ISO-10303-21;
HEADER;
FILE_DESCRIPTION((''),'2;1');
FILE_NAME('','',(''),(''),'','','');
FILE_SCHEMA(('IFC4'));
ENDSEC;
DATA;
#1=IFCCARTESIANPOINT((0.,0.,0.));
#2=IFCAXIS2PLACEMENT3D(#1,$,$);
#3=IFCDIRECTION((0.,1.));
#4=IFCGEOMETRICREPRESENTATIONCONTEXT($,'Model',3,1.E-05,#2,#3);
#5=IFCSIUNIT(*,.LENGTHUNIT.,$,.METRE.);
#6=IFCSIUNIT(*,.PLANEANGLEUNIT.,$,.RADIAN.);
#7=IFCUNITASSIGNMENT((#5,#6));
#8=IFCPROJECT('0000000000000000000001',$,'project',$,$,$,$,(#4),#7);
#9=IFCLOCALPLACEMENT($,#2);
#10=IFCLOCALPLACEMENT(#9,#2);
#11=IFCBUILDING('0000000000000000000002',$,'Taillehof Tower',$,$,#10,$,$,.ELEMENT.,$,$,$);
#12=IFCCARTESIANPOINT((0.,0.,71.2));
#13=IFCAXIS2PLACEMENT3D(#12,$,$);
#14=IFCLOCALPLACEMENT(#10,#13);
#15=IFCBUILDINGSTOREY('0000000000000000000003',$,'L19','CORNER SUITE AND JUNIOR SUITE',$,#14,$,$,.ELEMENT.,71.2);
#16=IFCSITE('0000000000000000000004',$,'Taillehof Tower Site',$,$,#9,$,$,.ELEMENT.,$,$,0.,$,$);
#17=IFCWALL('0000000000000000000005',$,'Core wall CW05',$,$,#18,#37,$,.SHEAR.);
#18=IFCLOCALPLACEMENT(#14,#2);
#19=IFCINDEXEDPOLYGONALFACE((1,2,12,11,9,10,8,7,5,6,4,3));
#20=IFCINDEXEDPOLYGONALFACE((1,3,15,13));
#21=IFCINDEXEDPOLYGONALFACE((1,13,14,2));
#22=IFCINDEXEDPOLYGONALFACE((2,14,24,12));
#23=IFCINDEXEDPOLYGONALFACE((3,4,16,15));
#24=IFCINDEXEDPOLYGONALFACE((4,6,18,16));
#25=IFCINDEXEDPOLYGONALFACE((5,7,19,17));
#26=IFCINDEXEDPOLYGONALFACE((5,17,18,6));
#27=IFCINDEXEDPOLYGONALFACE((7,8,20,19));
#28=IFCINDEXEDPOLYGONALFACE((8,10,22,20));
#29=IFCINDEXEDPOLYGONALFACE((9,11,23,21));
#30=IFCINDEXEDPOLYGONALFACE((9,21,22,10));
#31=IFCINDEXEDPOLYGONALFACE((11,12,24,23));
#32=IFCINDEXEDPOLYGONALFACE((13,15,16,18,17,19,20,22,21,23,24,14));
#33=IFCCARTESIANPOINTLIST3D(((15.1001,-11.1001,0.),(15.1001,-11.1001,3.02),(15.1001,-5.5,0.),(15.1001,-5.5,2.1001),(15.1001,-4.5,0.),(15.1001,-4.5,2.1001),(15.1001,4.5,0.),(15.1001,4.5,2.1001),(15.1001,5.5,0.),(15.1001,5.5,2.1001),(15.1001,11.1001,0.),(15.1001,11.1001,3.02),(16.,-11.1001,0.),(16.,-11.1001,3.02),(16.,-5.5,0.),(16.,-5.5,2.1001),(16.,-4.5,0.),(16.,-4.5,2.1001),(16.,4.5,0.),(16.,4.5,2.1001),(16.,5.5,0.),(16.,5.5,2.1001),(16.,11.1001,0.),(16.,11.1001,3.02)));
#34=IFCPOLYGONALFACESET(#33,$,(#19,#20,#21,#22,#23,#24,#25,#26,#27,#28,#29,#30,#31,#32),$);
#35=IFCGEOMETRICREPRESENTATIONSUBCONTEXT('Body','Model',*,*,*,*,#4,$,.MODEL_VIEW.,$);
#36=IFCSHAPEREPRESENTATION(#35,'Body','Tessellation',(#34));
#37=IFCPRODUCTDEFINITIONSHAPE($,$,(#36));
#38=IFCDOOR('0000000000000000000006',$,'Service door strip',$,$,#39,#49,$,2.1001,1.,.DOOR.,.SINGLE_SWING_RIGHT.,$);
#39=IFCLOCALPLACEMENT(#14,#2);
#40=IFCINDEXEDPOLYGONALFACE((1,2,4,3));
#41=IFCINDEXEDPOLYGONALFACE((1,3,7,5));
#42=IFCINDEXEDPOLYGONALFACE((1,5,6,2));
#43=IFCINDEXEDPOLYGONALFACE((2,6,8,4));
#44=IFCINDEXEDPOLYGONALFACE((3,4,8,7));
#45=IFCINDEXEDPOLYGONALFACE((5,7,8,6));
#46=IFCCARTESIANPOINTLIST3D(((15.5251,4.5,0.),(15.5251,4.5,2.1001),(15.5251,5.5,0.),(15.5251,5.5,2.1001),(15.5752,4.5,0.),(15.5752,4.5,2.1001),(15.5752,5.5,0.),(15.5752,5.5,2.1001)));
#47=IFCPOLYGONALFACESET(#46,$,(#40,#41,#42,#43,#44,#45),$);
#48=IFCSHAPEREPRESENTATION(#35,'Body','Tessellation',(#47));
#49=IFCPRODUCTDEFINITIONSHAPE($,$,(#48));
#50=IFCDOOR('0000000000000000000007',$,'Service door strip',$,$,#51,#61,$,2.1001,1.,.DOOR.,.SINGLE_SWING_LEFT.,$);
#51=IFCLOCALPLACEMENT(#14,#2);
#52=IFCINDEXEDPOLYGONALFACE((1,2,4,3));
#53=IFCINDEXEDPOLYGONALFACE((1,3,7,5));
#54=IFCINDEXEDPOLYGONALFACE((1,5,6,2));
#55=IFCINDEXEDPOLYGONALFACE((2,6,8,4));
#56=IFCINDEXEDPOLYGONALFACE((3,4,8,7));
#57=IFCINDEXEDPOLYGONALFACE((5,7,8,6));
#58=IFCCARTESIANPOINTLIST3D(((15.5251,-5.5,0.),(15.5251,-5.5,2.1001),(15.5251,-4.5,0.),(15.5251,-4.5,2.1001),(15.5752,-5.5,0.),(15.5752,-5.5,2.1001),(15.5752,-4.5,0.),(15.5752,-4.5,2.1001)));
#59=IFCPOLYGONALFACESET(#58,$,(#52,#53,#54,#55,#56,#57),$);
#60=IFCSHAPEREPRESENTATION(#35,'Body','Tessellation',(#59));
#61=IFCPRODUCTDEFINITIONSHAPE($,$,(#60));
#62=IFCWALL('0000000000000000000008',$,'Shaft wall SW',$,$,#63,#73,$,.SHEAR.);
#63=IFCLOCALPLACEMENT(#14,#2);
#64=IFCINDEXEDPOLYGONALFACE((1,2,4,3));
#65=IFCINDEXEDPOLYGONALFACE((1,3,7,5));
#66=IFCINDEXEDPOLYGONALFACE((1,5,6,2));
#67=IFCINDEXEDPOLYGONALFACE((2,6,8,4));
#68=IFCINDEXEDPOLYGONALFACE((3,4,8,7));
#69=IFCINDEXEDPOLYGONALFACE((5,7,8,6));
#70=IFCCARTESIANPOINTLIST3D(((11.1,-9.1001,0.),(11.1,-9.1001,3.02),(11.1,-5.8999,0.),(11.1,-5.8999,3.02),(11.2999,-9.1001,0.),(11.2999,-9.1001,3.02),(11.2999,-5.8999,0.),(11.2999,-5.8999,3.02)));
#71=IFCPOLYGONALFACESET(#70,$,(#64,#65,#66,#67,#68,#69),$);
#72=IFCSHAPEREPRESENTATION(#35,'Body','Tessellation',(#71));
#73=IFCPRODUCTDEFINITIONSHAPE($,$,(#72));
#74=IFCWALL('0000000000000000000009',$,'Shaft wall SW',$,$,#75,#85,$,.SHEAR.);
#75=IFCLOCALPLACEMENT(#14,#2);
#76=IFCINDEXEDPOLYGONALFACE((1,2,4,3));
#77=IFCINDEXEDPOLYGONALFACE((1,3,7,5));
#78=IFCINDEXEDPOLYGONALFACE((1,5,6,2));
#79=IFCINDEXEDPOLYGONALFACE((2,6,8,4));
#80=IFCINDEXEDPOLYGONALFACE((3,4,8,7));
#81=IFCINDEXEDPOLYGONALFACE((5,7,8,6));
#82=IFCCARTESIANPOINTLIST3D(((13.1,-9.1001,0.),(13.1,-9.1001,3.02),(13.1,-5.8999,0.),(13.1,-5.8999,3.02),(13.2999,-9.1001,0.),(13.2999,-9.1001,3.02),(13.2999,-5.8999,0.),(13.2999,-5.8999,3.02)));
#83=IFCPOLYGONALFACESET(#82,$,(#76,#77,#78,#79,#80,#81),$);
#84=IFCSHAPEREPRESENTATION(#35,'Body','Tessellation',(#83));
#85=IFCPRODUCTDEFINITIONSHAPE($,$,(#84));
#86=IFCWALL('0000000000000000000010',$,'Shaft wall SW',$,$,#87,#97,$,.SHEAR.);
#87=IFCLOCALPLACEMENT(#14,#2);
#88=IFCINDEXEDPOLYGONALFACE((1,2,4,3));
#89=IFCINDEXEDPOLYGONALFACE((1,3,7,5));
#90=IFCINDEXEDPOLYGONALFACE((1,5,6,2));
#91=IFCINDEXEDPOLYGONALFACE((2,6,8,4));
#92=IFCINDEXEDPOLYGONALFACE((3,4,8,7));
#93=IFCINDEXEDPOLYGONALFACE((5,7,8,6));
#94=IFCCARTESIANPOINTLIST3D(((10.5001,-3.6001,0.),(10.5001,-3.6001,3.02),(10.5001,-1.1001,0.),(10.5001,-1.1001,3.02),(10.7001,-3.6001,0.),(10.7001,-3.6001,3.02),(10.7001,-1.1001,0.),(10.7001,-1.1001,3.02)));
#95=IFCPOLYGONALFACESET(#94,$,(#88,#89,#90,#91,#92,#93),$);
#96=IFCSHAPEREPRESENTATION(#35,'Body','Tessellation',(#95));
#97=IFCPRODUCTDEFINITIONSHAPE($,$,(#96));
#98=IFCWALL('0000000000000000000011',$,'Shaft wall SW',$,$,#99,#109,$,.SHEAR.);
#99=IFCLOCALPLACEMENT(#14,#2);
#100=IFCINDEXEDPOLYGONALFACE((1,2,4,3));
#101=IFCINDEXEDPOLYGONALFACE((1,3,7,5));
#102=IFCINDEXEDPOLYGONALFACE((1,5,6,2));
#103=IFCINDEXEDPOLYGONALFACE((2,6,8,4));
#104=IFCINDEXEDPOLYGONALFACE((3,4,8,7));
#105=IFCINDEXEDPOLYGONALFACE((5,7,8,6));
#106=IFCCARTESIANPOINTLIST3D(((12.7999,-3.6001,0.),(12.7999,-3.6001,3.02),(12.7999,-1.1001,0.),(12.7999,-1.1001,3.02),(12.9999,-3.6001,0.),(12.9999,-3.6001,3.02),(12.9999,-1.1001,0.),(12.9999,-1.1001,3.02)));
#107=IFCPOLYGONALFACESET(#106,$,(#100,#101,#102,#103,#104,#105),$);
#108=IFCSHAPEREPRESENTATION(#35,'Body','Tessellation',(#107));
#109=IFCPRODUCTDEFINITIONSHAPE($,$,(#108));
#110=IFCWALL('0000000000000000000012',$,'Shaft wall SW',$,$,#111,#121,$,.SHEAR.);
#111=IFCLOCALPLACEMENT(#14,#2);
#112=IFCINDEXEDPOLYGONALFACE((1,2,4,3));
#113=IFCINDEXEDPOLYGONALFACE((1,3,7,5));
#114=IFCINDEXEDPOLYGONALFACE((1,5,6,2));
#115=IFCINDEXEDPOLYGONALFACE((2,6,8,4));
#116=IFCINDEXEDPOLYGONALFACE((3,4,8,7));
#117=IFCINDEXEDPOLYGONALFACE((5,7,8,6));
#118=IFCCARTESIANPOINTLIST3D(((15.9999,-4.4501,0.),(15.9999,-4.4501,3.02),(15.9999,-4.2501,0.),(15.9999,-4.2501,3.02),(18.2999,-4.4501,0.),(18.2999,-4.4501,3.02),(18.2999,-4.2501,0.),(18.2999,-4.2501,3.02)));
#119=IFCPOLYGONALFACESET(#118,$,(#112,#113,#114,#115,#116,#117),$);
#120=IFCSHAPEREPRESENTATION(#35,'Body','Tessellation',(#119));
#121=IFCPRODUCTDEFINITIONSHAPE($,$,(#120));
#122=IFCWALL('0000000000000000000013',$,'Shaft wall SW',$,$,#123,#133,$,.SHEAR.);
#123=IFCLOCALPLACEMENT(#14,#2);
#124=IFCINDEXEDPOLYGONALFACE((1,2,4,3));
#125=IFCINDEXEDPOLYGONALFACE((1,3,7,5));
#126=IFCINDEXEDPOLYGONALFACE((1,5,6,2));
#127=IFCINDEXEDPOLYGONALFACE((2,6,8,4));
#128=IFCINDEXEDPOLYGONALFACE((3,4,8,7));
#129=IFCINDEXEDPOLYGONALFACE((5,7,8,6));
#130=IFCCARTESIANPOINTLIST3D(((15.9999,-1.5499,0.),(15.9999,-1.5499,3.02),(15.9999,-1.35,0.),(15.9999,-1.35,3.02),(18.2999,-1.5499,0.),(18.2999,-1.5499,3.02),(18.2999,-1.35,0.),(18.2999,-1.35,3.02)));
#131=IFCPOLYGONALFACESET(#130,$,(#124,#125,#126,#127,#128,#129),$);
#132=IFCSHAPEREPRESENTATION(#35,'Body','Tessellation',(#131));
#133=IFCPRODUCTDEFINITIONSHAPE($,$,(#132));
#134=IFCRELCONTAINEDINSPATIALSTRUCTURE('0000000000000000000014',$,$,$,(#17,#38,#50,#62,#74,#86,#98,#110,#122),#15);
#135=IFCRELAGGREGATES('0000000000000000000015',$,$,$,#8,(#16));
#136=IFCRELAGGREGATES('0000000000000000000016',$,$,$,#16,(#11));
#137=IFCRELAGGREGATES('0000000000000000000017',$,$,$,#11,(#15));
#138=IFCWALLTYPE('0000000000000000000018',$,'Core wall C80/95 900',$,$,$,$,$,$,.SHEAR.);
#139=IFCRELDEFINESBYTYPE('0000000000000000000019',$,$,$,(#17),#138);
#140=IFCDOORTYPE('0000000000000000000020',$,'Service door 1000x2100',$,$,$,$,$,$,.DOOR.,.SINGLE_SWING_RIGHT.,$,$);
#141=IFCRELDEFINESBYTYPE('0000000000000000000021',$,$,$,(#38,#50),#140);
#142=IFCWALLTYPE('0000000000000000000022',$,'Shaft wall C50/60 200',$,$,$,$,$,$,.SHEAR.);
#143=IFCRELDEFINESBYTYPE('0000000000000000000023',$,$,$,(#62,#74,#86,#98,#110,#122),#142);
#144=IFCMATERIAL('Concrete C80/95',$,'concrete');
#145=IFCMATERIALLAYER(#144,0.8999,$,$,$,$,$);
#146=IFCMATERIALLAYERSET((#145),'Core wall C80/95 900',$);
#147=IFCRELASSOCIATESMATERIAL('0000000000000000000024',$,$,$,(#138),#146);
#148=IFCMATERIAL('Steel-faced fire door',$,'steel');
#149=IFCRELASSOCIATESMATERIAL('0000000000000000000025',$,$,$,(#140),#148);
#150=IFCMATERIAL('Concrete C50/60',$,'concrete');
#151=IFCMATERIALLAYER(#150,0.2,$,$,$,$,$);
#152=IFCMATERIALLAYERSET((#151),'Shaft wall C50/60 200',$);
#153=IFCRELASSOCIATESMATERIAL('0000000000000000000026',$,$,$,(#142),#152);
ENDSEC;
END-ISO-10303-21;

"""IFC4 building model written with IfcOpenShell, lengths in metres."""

from ifc_helpers import new_model, si_unit, direction, frame, frame_2d, origin, place, context, subcontext, project, spatial, rectangle, extrude, material, layer, layer_set, type_object, element, fill, save


model = new_model("IFC4")

# Units and contexts
model_context = context("Model", 3, precision=1e-05, world=origin(), true_north=direction((0.0, 1.0)))
body_context = subcontext(model_context, "Body", "Model", "MODEL_VIEW")
ifc_project = project(units=[si_unit("LENGTHUNIT", "METRE"), si_unit("PLANEANGLEUNIT", "RADIAN")], contexts=[model_context])

# Site, building, storey
site_placement = place(None, origin())
site = spatial("IfcSite", under=ifc_project, at=site_placement, Name="Taillehof Tower Site", CompositionType="ELEMENT", RefElevation=0.0)
building_placement = place(site_placement, origin())
building = spatial("IfcBuilding", under=site, at=building_placement, Name="Taillehof Tower", CompositionType="ELEMENT")
storey_placement = place(building_placement, frame((0.0, 0.0, 71.2)))
storey = spatial("IfcBuildingStorey", under=building, at=storey_placement, Name="L19", Description="CORNER SUITE AND JUNIOR SUITE", CompositionType="ELEMENT", Elevation=71.2)

# Wall, openings, doors
ifc_material_1 = material(Name="Concrete C80/95", Category="concrete")
ifc_layer_1 = layer(ifc_material_1, 0.8999)
ifc_layer_set_1 = layer_set([ifc_layer_1], Name="Core wall C80/95 900")
wall_type_1 = type_object("IfcWallType", Name="Core wall C80/95 900", PredefinedType="SHEAR", material=ifc_layer_set_1)
wall_1_placement = place(storey_placement, frame((15.55, -11.1001, 0.0), z_axis=(0.0, 0.0, 1.0), x_axis=(0.0, 1.0, 0.0)))
wall_1 = element("IfcWall", 1, at=wall_1_placement, inside=storey, type_object=wall_type_1, Name="Core wall CW05", PredefinedType="SHEAR", context=body_context, shape_type="SweptSolid", body=[
    extrude(rectangle(XDim=22.2002, YDim=0.8999, at=frame_2d((11.1001, 0.0))), origin(), (0.0, 0.0, 1.0), 3.02),
])
opening_1_placement = place(wall_1_placement, frame((15.6001, 0.0, 0.0)))
opening_1 = element("IfcOpeningElement", 2, at=opening_1_placement, cuts=wall_1, PredefinedType="OPENING", context=body_context, shape_type="SweptSolid", body=[
    extrude(rectangle(XDim=1.0, YDim=2.1001, at=frame_2d((0.5, 1.05))), frame((0.0, 0.46, 0.0), z_axis=(0.0, -1.0, 0.0), x_axis=(1.0, 0.0, 0.0)), (0.0, 0.0, 1.0), 0.9199),
])
opening_2_placement = place(wall_1_placement, frame((5.6001, 0.0, 0.0)))
opening_2 = element("IfcOpeningElement", 3, at=opening_2_placement, cuts=wall_1, PredefinedType="OPENING", context=body_context, shape_type="SweptSolid", body=[
    extrude(rectangle(XDim=1.0, YDim=2.1001, at=frame_2d((0.5, 1.05))), frame((0.0, 0.46, 0.0), z_axis=(0.0, -1.0, 0.0), x_axis=(1.0, 0.0, 0.0)), (0.0, 0.0, 1.0), 0.9199),
])
ifc_material_2 = material(Name="Steel-faced fire door", Category="steel")
door_type_1 = type_object("IfcDoorType", Name="Service door 1000x2100", OperationType="SINGLE_SWING_RIGHT", PredefinedType="DOOR", material=ifc_material_2)
door_1_placement = place(opening_1_placement, origin())
door_1 = element("IfcDoor", 4, at=door_1_placement, inside=storey, type_object=door_type_1, Name="Service door strip", OperationType="SINGLE_SWING_RIGHT", OverallHeight=2.1001, OverallWidth=1.0, PredefinedType="DOOR", context=body_context, shape_type="SweptSolid", body=[
    extrude(rectangle(XDim=1.0, YDim=2.1001, at=frame_2d((0.5, 1.05))), frame((0.0, 0.0249, 0.0), z_axis=(0.0, -1.0, 0.0), x_axis=(1.0, 0.0, 0.0)), (0.0, 0.0, 1.0), 0.05),
])
fill(opening_1, door_1)
door_2_placement = place(opening_2_placement, origin())
door_2 = element("IfcDoor", 5, at=door_2_placement, inside=storey, type_object=door_type_1, Name="Service door strip", OperationType="SINGLE_SWING_LEFT", OverallHeight=2.1001, OverallWidth=1.0, PredefinedType="DOOR", context=body_context, shape_type="SweptSolid", body=[
    extrude(rectangle(XDim=1.0, YDim=2.1001, at=frame_2d((0.5, 1.05))), frame((0.0, 0.0249, 0.0), z_axis=(0.0, -1.0, 0.0), x_axis=(1.0, 0.0, 0.0)), (0.0, 0.0, 1.0), 0.05),
])
fill(opening_2, door_2)

# Walls
ifc_material_3 = material(Name="Concrete C50/60", Category="concrete")
ifc_layer_2 = layer(ifc_material_3, 0.2)
ifc_layer_set_2 = layer_set([ifc_layer_2], Name="Shaft wall C50/60 200")
wall_type_2 = type_object("IfcWallType", Name="Shaft wall C50/60 200", PredefinedType="SHEAR", material=ifc_layer_set_2)
for number, where, z_axis, x_axis, name in (
    (6, (11.2, -9.1001, 0.0), (0.0, 0.0, 1.0), (0.0, 1.0, 0.0), "Shaft wall SW"),
    (7, (13.2, -9.1001, 0.0), (0.0, 0.0, 1.0), (0.0, 1.0, 0.0), "Shaft wall SW"),
):
    element("IfcWall", number, at=place(storey_placement, frame(where, z_axis=z_axis, x_axis=x_axis)), inside=storey, type_object=wall_type_2, Name=name, PredefinedType="SHEAR", context=body_context, shape_type="SweptSolid", body=[
        extrude(rectangle(XDim=3.2002, YDim=0.2, at=frame_2d((1.6001, 0.0))), origin(), (0.0, 0.0, 1.0), 3.02),
    ])
for number, where, z_axis, x_axis, name in (
    (8, (10.6001, -3.6001, 0.0), (0.0, 0.0, 1.0), (0.0, 1.0, 0.0), "Shaft wall SW"),
    (9, (12.8999, -3.6001, 0.0), (0.0, 0.0, 1.0), (0.0, 1.0, 0.0), "Shaft wall SW"),
):
    element("IfcWall", number, at=place(storey_placement, frame(where, z_axis=z_axis, x_axis=x_axis)), inside=storey, type_object=wall_type_2, Name=name, PredefinedType="SHEAR", context=body_context, shape_type="SweptSolid", body=[
        extrude(rectangle(XDim=2.5, YDim=0.2, at=frame_2d((1.25, 0.0))), origin(), (0.0, 0.0, 1.0), 3.02),
    ])
for number, where, z_axis, x_axis, name in (
    (10, (16.0, -4.3501, 0.0), (0.0, 0.0, 1.0), (1.0, 0.0, 0.0), "Shaft wall SW"),
    (11, (16.0, -1.45, 0.0), (0.0, 0.0, 1.0), (1.0, 0.0, 0.0), "Shaft wall SW"),
):
    element("IfcWall", number, at=place(storey_placement, frame(where, z_axis=z_axis, x_axis=x_axis)), inside=storey, type_object=wall_type_2, Name=name, PredefinedType="SHEAR", context=body_context, shape_type="SweptSolid", body=[
        extrude(rectangle(XDim=2.3, YDim=0.2, at=frame_2d((1.1499, 0.0))), origin(), (0.0, 0.0, 1.0), 3.02),
    ])

save(model, "model.ifc")
